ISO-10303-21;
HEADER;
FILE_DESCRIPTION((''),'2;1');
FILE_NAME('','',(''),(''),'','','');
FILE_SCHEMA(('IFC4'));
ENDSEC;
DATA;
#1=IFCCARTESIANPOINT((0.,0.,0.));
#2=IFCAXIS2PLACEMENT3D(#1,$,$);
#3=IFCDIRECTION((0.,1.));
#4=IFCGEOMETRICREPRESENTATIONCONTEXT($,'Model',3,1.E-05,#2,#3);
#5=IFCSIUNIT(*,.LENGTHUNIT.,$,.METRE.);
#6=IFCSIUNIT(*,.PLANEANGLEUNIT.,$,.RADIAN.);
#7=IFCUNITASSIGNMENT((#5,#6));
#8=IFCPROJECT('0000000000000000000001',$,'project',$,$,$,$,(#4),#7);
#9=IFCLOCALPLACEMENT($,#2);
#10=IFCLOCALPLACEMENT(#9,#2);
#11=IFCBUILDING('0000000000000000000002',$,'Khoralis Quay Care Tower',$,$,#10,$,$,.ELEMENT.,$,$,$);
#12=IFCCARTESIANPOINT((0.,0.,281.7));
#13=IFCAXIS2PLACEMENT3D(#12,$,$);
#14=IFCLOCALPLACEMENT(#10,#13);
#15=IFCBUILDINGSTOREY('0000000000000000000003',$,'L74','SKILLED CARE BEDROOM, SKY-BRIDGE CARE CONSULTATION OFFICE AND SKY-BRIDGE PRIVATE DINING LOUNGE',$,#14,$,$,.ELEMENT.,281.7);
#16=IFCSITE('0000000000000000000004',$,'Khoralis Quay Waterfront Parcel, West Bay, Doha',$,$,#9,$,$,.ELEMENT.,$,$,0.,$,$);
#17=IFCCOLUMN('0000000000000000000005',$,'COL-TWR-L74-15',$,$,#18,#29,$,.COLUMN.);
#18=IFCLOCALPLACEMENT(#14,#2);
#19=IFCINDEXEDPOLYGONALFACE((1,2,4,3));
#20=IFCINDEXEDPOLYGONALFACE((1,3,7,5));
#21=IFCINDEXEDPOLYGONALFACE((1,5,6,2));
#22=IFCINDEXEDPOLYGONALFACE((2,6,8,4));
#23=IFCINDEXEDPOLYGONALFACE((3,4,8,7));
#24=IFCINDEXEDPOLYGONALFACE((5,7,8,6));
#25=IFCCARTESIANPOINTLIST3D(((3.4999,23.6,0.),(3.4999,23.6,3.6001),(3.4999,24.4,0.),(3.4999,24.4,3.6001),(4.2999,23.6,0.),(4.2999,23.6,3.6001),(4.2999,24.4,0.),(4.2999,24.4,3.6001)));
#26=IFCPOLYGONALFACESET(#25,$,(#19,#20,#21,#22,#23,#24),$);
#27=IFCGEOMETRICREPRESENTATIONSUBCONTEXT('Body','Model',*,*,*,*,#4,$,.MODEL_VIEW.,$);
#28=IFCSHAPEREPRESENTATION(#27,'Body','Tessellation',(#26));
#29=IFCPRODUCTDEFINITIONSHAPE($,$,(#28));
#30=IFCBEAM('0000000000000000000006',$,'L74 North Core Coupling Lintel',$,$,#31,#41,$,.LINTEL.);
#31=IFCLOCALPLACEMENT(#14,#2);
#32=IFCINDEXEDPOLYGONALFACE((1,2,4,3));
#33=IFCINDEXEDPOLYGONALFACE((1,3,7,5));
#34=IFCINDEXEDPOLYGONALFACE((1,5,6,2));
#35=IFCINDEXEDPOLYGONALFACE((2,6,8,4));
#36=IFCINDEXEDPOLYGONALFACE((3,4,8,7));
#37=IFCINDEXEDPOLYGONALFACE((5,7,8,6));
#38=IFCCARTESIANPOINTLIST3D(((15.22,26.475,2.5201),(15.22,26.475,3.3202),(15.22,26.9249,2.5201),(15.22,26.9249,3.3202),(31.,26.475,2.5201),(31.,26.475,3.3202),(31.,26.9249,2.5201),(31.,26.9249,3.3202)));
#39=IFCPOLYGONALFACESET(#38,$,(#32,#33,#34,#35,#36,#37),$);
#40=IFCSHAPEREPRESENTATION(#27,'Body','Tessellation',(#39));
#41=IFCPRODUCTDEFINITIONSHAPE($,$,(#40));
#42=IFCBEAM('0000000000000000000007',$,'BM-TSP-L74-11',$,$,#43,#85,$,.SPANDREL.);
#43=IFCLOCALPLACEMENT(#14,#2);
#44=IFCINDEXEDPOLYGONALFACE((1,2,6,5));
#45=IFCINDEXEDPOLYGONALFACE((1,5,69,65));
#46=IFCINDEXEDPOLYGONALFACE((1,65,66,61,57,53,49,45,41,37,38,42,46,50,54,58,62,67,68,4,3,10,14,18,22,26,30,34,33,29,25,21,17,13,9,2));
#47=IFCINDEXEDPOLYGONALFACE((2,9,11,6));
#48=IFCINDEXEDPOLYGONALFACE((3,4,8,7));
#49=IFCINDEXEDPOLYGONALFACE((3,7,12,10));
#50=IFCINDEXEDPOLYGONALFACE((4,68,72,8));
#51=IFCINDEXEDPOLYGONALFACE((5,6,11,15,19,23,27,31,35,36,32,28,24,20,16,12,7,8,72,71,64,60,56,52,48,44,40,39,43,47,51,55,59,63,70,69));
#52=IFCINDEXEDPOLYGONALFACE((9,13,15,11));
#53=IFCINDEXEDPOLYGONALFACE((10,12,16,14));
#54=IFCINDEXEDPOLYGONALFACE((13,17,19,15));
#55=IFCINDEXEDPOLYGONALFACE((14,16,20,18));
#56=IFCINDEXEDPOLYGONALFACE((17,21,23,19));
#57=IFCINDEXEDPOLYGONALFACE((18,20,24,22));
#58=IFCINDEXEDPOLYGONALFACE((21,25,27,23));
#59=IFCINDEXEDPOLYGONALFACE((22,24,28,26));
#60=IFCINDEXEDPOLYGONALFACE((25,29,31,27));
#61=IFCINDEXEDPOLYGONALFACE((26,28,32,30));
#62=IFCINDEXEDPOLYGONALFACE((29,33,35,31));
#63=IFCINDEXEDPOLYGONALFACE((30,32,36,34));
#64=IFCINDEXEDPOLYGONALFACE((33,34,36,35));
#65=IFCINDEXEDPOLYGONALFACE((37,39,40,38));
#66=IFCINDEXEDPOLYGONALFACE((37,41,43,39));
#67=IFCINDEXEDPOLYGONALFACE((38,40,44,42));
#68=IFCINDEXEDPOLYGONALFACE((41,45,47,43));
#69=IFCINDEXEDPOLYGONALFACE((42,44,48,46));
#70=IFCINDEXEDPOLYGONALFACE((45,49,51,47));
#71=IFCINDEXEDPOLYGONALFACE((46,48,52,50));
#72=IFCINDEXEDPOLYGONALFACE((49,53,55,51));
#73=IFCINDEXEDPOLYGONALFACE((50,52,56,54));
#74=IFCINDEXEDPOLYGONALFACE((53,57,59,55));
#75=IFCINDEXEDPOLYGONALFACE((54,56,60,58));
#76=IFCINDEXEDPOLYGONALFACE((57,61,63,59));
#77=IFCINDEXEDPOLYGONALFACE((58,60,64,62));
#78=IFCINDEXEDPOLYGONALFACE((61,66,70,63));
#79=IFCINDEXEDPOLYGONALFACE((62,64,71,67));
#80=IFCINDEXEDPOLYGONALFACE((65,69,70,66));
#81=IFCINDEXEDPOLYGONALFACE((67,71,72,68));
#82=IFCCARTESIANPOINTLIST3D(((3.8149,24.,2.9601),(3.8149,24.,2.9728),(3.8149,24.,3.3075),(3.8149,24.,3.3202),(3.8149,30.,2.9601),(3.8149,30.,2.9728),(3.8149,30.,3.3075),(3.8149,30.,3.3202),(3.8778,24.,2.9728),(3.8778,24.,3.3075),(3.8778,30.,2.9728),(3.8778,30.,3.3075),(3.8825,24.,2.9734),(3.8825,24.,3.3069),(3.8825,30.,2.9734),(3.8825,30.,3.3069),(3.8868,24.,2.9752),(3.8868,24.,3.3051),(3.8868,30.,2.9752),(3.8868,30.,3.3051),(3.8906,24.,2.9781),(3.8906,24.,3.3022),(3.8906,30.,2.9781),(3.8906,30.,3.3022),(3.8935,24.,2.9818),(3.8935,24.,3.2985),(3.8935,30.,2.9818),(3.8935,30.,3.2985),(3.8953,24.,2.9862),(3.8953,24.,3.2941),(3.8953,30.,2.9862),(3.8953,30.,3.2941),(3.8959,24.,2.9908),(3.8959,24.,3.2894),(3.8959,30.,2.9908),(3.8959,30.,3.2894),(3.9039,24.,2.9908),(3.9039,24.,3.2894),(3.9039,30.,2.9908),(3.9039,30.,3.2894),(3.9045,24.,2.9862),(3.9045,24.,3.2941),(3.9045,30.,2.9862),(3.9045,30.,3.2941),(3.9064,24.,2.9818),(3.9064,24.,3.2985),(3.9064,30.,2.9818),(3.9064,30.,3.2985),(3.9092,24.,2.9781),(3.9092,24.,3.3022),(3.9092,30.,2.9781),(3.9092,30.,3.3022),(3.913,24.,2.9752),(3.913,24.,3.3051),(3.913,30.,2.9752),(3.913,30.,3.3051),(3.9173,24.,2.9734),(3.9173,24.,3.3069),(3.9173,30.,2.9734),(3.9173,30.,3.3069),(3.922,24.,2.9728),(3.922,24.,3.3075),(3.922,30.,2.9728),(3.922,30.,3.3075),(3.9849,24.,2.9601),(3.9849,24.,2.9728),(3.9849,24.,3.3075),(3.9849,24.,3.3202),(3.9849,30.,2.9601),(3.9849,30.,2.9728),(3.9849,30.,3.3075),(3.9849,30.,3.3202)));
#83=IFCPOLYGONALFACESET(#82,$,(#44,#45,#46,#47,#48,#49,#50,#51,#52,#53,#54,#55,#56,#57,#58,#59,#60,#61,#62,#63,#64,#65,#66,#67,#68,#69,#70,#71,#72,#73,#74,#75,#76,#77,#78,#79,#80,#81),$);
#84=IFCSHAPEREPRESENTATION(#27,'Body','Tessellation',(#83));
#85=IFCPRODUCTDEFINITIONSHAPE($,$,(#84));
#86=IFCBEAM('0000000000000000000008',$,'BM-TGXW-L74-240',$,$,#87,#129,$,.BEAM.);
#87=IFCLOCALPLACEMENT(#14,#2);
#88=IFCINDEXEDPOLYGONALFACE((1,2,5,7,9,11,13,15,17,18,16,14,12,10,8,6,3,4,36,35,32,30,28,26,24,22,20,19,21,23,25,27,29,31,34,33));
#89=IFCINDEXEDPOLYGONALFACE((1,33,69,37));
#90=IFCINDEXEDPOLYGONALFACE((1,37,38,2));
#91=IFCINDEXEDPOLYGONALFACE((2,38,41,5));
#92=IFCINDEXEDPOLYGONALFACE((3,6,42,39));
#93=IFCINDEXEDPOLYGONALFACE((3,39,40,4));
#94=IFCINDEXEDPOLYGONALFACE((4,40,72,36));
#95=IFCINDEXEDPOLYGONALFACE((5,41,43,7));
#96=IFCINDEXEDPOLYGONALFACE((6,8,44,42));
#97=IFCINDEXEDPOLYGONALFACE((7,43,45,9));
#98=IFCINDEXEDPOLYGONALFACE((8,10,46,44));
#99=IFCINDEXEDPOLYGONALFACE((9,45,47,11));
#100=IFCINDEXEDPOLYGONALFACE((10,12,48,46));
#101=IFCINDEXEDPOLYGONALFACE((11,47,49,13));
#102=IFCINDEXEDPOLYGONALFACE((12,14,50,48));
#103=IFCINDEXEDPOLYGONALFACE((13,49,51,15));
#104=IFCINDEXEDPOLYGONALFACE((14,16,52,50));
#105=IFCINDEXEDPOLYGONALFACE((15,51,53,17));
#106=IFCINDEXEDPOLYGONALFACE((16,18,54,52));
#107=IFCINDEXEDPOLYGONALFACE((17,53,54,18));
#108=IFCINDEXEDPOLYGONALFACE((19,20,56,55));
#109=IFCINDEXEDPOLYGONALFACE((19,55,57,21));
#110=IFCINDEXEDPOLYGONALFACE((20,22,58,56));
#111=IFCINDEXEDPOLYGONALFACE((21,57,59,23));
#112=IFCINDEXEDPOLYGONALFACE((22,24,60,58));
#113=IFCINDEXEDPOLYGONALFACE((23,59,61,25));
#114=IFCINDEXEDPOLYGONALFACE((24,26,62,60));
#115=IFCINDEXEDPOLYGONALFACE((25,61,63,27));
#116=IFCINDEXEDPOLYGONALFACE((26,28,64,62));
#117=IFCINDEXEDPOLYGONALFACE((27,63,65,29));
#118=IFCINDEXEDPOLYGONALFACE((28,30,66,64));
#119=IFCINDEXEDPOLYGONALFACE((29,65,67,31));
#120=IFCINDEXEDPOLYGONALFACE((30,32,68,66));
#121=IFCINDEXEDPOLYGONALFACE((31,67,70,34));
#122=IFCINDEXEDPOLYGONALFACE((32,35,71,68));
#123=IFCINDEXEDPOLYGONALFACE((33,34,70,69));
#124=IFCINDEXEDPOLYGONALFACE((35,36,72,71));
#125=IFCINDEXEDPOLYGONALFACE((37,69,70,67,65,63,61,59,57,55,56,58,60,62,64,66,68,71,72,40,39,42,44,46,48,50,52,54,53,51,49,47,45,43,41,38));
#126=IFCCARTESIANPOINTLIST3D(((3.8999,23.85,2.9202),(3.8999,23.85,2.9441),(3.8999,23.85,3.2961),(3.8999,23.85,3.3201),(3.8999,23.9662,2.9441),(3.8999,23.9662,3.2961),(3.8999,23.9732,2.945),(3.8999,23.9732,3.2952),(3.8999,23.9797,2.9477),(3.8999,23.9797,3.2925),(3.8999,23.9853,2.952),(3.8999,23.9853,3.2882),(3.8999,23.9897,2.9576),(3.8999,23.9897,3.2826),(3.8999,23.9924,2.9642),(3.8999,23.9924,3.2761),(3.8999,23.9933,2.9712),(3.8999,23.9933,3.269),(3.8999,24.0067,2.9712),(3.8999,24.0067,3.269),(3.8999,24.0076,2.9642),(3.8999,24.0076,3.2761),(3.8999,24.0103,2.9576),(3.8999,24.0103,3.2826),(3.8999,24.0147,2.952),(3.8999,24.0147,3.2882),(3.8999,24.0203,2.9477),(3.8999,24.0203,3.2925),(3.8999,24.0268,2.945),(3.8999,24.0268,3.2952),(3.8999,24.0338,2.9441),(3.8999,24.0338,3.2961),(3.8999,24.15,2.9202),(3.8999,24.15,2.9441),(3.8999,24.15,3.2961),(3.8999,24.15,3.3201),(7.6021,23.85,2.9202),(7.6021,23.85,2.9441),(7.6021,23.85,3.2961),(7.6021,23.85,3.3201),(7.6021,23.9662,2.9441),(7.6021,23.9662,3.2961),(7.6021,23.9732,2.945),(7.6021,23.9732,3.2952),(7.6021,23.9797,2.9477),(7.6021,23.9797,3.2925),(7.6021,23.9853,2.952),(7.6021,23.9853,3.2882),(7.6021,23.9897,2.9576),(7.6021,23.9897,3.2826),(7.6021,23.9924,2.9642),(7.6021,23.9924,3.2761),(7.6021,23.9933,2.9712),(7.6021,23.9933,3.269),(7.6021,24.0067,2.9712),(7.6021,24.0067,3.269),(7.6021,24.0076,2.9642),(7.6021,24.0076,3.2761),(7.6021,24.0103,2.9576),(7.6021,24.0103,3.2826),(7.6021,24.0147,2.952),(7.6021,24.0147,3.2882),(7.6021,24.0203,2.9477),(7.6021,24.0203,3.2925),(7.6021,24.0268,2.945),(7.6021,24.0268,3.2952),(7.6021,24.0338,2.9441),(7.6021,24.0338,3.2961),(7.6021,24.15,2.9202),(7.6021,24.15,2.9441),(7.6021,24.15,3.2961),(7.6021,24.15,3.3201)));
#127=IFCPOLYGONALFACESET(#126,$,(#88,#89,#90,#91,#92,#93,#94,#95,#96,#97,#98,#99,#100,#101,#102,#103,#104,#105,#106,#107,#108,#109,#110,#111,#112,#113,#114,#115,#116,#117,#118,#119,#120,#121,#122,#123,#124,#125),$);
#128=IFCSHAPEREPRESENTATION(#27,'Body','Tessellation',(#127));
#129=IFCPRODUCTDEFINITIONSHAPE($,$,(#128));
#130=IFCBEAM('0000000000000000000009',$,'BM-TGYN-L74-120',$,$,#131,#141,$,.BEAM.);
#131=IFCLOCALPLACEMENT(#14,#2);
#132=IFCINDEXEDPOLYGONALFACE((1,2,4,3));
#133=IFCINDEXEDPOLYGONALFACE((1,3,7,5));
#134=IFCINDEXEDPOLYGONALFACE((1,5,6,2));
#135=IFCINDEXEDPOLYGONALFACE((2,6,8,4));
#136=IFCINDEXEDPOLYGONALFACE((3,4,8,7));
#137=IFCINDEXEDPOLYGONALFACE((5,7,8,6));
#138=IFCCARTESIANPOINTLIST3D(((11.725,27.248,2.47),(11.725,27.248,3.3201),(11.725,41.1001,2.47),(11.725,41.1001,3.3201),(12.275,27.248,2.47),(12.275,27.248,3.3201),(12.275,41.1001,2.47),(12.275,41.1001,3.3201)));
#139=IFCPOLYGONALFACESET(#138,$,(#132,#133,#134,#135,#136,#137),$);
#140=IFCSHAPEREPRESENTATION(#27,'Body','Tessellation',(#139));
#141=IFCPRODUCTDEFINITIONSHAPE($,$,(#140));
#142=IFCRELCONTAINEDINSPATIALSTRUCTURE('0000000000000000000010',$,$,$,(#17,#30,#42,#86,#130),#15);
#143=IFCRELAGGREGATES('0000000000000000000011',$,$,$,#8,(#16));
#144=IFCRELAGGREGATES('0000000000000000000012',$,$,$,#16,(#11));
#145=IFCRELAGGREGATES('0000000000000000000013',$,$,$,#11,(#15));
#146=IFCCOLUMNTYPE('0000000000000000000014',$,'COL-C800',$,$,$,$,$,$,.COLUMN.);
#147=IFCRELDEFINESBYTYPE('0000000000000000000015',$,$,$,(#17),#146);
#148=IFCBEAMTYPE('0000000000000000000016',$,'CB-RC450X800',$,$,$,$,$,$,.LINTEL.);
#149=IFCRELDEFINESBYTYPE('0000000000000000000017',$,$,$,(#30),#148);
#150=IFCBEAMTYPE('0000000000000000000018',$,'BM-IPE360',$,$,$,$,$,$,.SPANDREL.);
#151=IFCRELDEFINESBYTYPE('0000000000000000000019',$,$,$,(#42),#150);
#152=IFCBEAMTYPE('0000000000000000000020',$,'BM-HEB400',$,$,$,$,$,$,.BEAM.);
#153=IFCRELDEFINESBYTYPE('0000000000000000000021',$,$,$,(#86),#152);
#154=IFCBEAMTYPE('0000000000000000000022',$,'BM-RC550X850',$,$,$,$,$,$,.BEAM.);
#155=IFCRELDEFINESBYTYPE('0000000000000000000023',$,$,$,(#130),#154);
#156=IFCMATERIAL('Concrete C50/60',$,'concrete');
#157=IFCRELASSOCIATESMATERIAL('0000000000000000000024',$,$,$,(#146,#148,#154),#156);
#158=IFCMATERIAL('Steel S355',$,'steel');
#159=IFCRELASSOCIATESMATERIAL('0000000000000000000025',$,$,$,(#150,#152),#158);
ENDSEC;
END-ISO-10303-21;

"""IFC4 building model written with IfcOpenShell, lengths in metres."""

from ifc_helpers import new_model, si_unit, direction, frame, origin, origin_2d, place, context, subcontext, project, spatial, rectangle, i_section, extrude, source, transform, mapped, material, material_profile, profile_set, type_object, element, save


model = new_model("IFC4")

# Units and contexts
model_context = context("Model", 3, precision=1e-05, world=origin(), true_north=direction((0.0, 1.0)))
body_context = subcontext(model_context, "Body", "Model", "MODEL_VIEW")
ifc_project = project(units=[si_unit("LENGTHUNIT", "METRE"), si_unit("PLANEANGLEUNIT", "RADIAN")], contexts=[model_context])

# Site, building, storey
site_placement = place(None, origin())
site = spatial("IfcSite", under=ifc_project, at=site_placement, Name="Khoralis Quay Waterfront Parcel, West Bay, Doha", CompositionType="ELEMENT", RefElevation=0.0)
building_placement = place(site_placement, origin())
building = spatial("IfcBuilding", under=site, at=building_placement, Name="Khoralis Quay Care Tower", CompositionType="ELEMENT")
storey_placement = place(building_placement, frame((0.0, 0.0, 281.7)))
storey = spatial("IfcBuildingStorey", under=building, at=storey_placement, Name="L74", Description="SKILLED CARE BEDROOM, SKY-BRIDGE CARE CONSULTATION OFFICE AND SKY-BRIDGE PRIVATE DINING LOUNGE", CompositionType="ELEMENT", Elevation=281.7)

# Column
ifc_material_1 = material(Name="Concrete C50/60", Category="concrete")
ifc_material_profile_1 = material_profile(ifc_material_1, rectangle(XDim=0.8, YDim=0.8, at=origin_2d()), Name="Concrete C50/60")
ifc_profile_set_1 = profile_set([ifc_material_profile_1], Name="Concrete C50/60")
column_type = type_object("IfcColumnType", Name="COL-C800", PredefinedType="COLUMN", material=ifc_profile_set_1)
shared_shape_1 = source(origin(), body_context, "Body", "SweptSolid", [
    extrude(rectangle(XDim=0.8, YDim=0.8, at=origin_2d()), origin(), (0.0, 0.0, 1.0), 3.6001),
])
column_placement = place(storey_placement, frame((3.8999, 24.0, 0.0), z_axis=(0.0, 0.0, 1.0), x_axis=(1.0, 0.0, 0.0)))
element("IfcColumn", 1, at=column_placement, inside=storey, type_object=column_type, Name="COL-TWR-L74-15", PredefinedType="COLUMN", context=body_context, shape_type="MappedRepresentation", body=[
    mapped(shared_shape_1, transform((0.0, 0.0, 0.0), scale=1.0)),
])

# Beams
ifc_material_profile_2 = material_profile(ifc_material_1, rectangle(XDim=0.45, YDim=0.8, at=origin_2d()), Name="Concrete C50/60")
ifc_profile_set_2 = profile_set([ifc_material_profile_2], Name="Concrete C50/60")
beam_type_1 = type_object("IfcBeamType", Name="CB-RC450X800", PredefinedType="LINTEL", material=ifc_profile_set_2)
shared_shape_2 = source(origin(), body_context, "Body", "SweptSolid", [
    extrude(rectangle(XDim=0.45, YDim=0.8, at=origin_2d()), origin(), (0.0, 0.0, 1.0), 15.78),
])
beam_1_placement = place(storey_placement, frame((15.22, 26.7, 2.9202), z_axis=(1.0, 0.0, 0.0), x_axis=(0.0, 1.0, 0.0)))
element("IfcBeam", 2, at=beam_1_placement, inside=storey, type_object=beam_type_1, Name="L74 North Core Coupling Lintel", PredefinedType="LINTEL", context=body_context, shape_type="MappedRepresentation", body=[
    mapped(shared_shape_2, transform((0.0, 0.0, 0.0), scale=1.0)),
])
ifc_material_2 = material(Name="Steel S355", Category="steel")
ifc_material_profile_3 = material_profile(ifc_material_2, i_section(OverallWidth=0.1699, OverallDepth=0.3601, WebThickness=0.0081, FlangeThickness=0.0127, FilletRadius=0.0181, at=origin_2d()), Name="Steel S355")
ifc_profile_set_3 = profile_set([ifc_material_profile_3], Name="Steel S355")
beam_type_2 = type_object("IfcBeamType", Name="BM-IPE360", PredefinedType="SPANDREL", material=ifc_profile_set_3)
shared_shape_3 = source(origin(), body_context, "Body", "SweptSolid", [
    extrude(i_section(OverallWidth=0.1699, OverallDepth=0.3601, WebThickness=0.0081, FlangeThickness=0.0127, FilletRadius=0.0181, at=origin_2d()), origin(), (0.0, 0.0, 1.0), 6.0),
])
beam_2_placement = place(storey_placement, frame((3.8999, 24.0, 3.1401), z_axis=(0.0, 1.0, 0.0), x_axis=(-1.0, 0.0, 0.0)))
element("IfcBeam", 3, at=beam_2_placement, inside=storey, type_object=beam_type_2, Name="BM-TSP-L74-11", PredefinedType="SPANDREL", context=body_context, shape_type="MappedRepresentation", body=[
    mapped(shared_shape_3, transform((0.0, 0.0, 0.0), scale=1.0)),
])
ifc_material_profile_4 = material_profile(ifc_material_2, i_section(OverallWidth=0.3, OverallDepth=0.3999, WebThickness=0.0134, FlangeThickness=0.0239, FilletRadius=0.0271, at=origin_2d()), Name="Steel S355")
ifc_profile_set_4 = profile_set([ifc_material_profile_4], Name="Steel S355")
beam_type_3 = type_object("IfcBeamType", Name="BM-HEB400", PredefinedType="BEAM", material=ifc_profile_set_4)
shared_shape_4 = source(origin(), body_context, "Body", "SweptSolid", [
    extrude(i_section(OverallWidth=0.3, OverallDepth=0.3999, WebThickness=0.0134, FlangeThickness=0.0239, FilletRadius=0.0271, at=origin_2d()), origin(), (0.0, 0.0, 1.0), 3.7021),
])
beam_3_placement = place(storey_placement, frame((3.8999, 24.0, 3.1201), z_axis=(1.0, 0.0, 0.0), x_axis=(0.0, 1.0, 0.0)))
element("IfcBeam", 4, at=beam_3_placement, inside=storey, type_object=beam_type_3, Name="BM-TGXW-L74-240", PredefinedType="BEAM", context=body_context, shape_type="MappedRepresentation", body=[
    mapped(shared_shape_4, transform((0.0, 0.0, 0.0), scale=1.0)),
])
ifc_material_profile_5 = material_profile(ifc_material_1, rectangle(XDim=0.55, YDim=0.8501, at=origin_2d()), Name="Concrete C50/60")
ifc_profile_set_5 = profile_set([ifc_material_profile_5], Name="Concrete C50/60")
beam_type_4 = type_object("IfcBeamType", Name="BM-RC550X850", PredefinedType="BEAM", material=ifc_profile_set_5)
shared_shape_5 = source(origin(), body_context, "Body", "SweptSolid", [
    extrude(rectangle(XDim=0.55, YDim=0.8501, at=origin_2d()), origin(), (0.0, 0.0, 1.0), 13.8521),
])
beam_4_placement = place(storey_placement, frame((12.0, 27.248, 2.895), z_axis=(0.0, 1.0, 0.0), x_axis=(-1.0, 0.0, 0.0)))
element("IfcBeam", 5, at=beam_4_placement, inside=storey, type_object=beam_type_4, Name="BM-TGYN-L74-120", PredefinedType="BEAM", context=body_context, shape_type="MappedRepresentation", body=[
    mapped(shared_shape_5, transform((0.0, 0.0, 0.0), scale=1.0)),
])

save(model, "model.ifc")
